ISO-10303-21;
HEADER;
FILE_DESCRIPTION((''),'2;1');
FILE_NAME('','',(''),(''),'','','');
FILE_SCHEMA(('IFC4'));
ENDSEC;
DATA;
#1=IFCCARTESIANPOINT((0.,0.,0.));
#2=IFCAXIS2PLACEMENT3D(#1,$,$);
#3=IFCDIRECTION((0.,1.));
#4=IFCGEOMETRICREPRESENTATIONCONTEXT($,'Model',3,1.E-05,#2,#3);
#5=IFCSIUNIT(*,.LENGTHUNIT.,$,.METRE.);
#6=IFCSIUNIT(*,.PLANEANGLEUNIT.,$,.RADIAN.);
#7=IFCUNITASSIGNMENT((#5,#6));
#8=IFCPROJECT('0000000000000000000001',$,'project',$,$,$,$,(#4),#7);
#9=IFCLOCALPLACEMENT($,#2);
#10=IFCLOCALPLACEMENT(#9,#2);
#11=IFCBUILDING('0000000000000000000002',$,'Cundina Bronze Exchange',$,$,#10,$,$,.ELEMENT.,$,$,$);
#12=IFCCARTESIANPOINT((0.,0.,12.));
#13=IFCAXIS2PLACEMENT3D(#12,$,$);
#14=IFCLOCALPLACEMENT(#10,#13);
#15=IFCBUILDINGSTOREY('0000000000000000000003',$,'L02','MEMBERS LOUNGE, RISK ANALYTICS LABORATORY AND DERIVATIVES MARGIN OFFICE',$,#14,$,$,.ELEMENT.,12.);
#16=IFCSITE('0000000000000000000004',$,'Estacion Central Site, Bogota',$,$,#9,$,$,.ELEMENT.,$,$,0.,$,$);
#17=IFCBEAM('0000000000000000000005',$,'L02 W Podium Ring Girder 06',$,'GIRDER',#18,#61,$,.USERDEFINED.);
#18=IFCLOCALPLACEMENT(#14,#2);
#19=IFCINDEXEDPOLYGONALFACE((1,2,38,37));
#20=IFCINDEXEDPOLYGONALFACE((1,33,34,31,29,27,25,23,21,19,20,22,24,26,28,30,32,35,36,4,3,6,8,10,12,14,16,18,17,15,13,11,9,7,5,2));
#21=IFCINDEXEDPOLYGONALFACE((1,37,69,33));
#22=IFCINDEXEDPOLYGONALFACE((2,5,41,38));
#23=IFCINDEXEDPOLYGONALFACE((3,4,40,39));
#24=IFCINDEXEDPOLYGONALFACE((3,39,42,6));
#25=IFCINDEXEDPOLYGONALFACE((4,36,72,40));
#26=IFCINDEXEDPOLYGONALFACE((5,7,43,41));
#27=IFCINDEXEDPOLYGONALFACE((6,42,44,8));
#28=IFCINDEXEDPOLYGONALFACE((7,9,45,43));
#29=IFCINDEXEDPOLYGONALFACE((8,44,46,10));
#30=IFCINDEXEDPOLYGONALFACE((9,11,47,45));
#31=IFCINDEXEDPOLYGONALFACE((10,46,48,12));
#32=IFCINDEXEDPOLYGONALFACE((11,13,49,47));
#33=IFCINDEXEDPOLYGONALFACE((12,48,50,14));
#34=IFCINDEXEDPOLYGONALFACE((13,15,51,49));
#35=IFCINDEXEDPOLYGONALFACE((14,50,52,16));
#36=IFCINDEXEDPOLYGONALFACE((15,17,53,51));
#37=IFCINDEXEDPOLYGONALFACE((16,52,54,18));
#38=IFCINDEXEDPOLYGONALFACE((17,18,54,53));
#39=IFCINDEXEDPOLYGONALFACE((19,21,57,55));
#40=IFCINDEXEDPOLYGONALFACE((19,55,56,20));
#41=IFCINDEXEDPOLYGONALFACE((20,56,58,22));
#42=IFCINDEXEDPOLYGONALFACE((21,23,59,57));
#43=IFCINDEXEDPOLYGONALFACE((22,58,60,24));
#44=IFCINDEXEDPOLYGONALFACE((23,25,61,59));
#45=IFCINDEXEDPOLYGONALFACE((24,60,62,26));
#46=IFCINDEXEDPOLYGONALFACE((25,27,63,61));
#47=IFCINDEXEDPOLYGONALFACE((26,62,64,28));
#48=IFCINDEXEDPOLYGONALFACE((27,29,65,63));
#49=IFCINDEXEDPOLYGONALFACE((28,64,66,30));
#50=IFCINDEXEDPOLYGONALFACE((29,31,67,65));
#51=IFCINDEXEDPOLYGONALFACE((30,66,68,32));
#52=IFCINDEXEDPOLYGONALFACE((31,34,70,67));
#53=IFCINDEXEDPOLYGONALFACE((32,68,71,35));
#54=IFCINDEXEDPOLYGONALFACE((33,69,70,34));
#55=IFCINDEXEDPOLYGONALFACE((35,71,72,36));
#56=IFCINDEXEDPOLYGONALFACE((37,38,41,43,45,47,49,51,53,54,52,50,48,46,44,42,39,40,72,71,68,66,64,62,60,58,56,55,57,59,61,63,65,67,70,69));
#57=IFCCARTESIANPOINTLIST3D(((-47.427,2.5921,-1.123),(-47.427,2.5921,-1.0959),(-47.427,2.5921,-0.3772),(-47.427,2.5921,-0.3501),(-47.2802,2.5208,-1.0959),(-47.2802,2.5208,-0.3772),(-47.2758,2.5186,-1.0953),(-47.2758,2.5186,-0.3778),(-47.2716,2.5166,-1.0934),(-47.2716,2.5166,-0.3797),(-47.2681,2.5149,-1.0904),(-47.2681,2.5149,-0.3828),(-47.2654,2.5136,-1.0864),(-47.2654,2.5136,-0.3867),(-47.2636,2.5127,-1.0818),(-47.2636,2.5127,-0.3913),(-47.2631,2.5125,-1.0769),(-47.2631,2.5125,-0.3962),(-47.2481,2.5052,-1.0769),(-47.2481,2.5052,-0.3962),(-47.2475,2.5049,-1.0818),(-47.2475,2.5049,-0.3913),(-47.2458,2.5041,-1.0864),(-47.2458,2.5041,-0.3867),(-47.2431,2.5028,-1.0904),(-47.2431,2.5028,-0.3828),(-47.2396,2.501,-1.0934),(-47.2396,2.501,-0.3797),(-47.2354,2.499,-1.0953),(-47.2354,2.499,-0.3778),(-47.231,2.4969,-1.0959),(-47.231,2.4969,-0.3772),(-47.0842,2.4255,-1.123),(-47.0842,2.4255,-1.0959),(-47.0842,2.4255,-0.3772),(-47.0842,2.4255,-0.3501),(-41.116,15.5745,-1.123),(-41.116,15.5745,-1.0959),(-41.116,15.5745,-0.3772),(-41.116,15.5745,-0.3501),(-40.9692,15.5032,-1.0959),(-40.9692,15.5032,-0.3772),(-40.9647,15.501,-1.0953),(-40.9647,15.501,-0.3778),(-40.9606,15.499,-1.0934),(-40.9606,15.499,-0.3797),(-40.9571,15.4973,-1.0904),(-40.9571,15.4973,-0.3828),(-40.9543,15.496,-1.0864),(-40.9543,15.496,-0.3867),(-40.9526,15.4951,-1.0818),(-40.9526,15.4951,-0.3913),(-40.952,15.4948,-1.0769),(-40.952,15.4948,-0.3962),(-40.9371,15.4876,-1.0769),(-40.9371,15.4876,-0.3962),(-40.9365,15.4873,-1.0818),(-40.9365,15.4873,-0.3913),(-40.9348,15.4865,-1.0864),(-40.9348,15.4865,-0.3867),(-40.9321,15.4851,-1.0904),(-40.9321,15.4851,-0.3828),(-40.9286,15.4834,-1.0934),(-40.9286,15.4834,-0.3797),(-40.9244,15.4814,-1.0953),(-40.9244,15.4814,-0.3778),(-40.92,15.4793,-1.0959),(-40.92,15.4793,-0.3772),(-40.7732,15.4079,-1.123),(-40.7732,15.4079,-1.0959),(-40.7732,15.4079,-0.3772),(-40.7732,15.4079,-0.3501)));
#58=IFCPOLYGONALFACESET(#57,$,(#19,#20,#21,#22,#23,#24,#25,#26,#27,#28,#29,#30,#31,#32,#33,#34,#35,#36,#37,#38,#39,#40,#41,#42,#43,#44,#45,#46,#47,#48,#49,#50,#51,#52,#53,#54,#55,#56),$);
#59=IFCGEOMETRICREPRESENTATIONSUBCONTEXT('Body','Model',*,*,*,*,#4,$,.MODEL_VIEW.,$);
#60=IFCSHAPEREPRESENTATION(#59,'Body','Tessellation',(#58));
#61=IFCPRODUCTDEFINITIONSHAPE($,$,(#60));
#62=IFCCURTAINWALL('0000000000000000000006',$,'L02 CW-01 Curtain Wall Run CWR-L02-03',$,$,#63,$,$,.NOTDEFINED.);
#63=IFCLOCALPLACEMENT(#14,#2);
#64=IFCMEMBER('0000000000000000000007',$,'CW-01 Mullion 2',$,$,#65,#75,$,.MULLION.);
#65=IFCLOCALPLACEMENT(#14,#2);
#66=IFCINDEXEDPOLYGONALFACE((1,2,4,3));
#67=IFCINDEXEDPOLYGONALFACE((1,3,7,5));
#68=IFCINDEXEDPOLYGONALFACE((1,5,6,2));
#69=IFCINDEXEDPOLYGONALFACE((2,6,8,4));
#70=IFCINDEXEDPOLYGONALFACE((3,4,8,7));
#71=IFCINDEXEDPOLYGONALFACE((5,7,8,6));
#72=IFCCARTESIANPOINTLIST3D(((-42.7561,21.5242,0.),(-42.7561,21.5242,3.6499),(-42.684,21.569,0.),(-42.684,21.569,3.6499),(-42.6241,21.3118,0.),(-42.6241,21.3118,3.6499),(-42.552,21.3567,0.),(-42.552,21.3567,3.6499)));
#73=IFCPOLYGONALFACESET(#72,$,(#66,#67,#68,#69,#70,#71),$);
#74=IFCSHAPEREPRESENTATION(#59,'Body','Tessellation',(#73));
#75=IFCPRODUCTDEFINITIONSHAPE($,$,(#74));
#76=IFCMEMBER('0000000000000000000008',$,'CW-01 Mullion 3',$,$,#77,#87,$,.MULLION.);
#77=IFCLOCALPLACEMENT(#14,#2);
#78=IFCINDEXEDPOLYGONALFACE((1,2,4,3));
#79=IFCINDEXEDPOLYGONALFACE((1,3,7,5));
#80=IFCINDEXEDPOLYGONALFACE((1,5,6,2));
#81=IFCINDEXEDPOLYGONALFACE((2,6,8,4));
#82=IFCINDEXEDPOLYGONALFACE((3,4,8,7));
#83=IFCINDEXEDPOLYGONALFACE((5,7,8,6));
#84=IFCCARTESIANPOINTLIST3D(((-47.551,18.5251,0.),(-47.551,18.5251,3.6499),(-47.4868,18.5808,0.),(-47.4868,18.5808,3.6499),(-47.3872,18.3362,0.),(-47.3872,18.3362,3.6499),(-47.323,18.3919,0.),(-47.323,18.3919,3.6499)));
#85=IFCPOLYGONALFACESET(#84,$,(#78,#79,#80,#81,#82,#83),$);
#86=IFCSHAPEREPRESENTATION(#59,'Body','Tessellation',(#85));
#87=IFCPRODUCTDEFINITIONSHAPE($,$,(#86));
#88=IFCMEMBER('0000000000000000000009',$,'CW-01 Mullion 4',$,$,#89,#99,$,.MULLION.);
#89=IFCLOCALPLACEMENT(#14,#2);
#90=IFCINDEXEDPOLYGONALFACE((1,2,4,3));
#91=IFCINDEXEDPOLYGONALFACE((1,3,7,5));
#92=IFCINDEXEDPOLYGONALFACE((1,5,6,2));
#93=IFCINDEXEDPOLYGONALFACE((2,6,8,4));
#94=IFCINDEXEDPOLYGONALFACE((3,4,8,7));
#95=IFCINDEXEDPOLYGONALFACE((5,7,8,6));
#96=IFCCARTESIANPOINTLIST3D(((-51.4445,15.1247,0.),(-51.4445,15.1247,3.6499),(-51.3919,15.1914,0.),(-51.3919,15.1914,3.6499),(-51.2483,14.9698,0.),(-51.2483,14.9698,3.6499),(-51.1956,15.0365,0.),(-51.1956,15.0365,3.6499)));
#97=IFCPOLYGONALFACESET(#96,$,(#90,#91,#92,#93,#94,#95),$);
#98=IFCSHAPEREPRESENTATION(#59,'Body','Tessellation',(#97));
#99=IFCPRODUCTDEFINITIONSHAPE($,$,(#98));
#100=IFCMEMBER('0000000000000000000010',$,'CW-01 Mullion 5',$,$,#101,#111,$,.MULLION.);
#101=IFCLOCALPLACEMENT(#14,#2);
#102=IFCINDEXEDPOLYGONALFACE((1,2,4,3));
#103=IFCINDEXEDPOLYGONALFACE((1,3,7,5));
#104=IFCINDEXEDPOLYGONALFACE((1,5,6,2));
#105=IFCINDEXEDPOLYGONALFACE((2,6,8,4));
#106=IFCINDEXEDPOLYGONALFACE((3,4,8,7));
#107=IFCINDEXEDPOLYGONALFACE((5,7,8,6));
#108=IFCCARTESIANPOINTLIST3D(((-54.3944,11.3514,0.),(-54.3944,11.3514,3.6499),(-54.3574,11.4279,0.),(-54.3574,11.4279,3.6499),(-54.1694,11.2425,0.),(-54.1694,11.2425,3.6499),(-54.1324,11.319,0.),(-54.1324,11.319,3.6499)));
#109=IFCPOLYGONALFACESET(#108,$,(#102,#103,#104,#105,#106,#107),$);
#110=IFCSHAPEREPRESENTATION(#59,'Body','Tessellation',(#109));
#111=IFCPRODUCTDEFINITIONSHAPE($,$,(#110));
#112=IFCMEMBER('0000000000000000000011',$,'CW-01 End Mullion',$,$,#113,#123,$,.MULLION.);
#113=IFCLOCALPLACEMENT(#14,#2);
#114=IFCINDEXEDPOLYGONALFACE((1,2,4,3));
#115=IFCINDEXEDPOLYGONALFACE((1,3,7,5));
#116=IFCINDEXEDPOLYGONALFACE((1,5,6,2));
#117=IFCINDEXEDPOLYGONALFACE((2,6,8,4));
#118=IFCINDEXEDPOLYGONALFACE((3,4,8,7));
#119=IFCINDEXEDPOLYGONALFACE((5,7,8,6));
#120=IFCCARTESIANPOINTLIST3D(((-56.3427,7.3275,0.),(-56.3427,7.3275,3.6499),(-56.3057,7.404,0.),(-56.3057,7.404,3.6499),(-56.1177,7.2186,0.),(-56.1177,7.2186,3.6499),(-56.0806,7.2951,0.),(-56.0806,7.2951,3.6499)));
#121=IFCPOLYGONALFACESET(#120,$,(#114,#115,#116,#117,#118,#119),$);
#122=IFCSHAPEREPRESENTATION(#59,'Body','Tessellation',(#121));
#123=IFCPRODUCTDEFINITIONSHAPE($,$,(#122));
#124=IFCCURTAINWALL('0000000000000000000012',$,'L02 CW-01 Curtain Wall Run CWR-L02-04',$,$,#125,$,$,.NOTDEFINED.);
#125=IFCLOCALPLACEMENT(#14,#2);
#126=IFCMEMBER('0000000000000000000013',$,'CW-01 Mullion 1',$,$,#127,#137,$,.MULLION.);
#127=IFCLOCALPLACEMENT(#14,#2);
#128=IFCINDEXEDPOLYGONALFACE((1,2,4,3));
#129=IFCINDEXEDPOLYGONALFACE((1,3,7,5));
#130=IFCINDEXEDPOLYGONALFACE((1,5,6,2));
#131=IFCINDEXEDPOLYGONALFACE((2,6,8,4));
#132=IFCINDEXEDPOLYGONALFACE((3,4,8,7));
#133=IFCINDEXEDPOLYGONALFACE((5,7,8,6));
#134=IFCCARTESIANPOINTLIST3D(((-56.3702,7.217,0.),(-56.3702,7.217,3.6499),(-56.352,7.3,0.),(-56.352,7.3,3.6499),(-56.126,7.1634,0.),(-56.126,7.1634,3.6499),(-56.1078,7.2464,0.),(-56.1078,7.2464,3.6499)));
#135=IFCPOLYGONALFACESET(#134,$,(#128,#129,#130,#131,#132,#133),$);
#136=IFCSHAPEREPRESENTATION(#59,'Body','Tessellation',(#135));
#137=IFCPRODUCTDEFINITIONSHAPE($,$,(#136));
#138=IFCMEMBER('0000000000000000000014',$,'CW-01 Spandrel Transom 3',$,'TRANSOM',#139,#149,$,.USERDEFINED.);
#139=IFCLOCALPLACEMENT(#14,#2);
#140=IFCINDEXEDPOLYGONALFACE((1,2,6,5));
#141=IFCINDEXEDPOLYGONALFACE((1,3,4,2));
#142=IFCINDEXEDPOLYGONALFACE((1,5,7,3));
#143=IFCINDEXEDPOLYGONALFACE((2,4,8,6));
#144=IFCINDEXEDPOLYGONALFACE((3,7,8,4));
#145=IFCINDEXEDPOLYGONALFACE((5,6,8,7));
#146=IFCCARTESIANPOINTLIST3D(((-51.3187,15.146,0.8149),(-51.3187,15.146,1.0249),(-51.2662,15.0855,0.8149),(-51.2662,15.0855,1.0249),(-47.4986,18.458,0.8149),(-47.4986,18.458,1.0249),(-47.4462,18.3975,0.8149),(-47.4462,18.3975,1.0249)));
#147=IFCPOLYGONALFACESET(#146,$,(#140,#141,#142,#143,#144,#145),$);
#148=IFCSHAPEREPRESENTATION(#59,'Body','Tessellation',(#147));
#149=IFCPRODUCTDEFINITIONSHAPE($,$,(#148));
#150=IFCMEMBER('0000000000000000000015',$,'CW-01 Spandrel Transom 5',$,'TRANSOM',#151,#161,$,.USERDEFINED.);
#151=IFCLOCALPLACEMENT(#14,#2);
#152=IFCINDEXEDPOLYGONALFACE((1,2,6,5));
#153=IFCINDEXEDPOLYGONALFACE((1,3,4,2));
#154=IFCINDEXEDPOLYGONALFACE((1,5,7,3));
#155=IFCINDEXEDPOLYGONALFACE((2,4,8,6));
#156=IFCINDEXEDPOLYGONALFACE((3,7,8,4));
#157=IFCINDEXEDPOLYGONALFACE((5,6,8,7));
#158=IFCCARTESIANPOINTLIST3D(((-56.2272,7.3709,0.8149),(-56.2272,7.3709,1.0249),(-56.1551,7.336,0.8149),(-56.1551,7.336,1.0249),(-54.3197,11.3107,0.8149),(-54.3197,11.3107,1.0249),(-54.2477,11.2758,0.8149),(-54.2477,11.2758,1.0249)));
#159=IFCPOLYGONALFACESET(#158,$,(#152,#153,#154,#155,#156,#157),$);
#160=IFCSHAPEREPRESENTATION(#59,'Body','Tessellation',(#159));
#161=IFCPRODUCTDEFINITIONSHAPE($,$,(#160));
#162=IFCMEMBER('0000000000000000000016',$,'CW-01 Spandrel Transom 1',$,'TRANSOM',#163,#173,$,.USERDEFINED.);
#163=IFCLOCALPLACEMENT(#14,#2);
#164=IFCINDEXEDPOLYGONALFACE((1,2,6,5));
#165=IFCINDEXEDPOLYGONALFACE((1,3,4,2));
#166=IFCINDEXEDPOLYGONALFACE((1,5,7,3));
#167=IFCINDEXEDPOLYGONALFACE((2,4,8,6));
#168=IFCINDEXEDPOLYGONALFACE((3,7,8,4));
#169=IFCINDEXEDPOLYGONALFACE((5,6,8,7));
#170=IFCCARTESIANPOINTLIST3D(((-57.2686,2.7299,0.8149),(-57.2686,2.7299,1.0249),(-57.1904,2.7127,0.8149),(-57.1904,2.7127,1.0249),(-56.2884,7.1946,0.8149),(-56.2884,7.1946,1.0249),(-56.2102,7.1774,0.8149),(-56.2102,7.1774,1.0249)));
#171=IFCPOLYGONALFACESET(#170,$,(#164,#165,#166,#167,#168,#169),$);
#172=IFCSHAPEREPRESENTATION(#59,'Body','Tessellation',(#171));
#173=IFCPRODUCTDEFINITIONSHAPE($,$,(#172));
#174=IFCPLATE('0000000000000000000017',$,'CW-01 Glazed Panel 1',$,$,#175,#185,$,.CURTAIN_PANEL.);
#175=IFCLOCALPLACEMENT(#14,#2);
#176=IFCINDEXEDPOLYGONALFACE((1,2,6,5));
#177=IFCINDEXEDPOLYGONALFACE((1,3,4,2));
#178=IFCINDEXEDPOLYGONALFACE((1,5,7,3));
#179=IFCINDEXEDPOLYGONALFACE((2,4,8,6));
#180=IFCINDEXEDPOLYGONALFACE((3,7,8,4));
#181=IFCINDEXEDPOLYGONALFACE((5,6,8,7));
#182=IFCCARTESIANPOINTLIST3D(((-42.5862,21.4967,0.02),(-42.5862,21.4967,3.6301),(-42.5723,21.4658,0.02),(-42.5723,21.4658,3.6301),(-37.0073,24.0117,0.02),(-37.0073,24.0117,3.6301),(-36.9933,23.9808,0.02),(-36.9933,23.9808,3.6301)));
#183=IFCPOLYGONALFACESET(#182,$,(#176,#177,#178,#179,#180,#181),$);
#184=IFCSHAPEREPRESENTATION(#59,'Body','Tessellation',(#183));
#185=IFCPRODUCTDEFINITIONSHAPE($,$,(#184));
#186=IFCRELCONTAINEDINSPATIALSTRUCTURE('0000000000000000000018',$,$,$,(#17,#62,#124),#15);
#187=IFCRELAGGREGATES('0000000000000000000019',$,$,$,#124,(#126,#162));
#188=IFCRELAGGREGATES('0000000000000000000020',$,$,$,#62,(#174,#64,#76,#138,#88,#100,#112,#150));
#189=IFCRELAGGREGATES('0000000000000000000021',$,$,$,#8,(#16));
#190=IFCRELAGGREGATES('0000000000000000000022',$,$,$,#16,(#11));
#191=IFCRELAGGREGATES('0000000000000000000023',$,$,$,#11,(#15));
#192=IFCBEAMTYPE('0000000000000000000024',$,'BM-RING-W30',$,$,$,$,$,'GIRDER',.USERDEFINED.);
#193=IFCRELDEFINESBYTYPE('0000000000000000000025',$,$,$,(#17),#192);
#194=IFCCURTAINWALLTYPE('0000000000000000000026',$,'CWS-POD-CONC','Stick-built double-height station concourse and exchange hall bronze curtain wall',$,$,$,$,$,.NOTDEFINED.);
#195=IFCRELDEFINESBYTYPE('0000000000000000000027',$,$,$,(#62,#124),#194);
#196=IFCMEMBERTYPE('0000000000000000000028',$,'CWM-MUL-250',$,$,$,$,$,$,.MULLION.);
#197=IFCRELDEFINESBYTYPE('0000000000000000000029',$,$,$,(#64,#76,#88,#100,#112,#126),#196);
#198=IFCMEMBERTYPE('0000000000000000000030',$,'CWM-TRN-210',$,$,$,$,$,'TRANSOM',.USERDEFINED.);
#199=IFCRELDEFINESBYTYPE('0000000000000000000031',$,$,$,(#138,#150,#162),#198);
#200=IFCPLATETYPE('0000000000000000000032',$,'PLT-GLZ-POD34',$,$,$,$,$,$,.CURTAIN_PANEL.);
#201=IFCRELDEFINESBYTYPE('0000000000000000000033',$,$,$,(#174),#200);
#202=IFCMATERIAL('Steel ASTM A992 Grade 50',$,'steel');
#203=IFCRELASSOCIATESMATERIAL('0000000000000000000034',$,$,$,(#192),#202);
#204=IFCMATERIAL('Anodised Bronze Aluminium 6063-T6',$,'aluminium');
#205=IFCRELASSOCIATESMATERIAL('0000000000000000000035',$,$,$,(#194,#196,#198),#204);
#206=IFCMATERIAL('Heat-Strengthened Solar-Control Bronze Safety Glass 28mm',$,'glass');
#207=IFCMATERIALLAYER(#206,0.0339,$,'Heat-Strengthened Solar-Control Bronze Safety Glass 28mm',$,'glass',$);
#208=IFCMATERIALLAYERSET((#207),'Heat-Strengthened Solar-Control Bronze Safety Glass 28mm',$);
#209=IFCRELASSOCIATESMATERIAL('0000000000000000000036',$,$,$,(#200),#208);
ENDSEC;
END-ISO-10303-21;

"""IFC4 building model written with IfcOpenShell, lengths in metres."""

from ifc_helpers import new_model, si_unit, direction, frame, origin, origin_2d, place, context, subcontext, project, spatial, rectangle, i_section, extrude, material, layer, layer_set, material_profile, profile_set, type_object, element, aggregate, save


model = new_model("IFC4")

# Units and contexts
model_context = context("Model", 3, precision=1e-05, world=origin(), true_north=direction((0.0, 1.0)))
body_context = subcontext(model_context, "Body", "Model", "MODEL_VIEW")
ifc_project = project(units=[si_unit("LENGTHUNIT", "METRE"), si_unit("PLANEANGLEUNIT", "RADIAN")], contexts=[model_context])

# Site, building, storey
site_placement = place(None, origin())
site = spatial("IfcSite", under=ifc_project, at=site_placement, Name="Estacion Central Site, Bogota", CompositionType="ELEMENT", RefElevation=0.0)
building_placement = place(site_placement, origin())
building = spatial("IfcBuilding", under=site, at=building_placement, Name="Cundina Bronze Exchange", CompositionType="ELEMENT")
storey_placement = place(building_placement, frame((0.0, 0.0, 12.0)))
storey = spatial("IfcBuildingStorey", under=building, at=storey_placement, Name="L02", Description="MEMBERS LOUNGE, RISK ANALYTICS LABORATORY AND DERIVATIVES MARGIN OFFICE", CompositionType="ELEMENT", Elevation=12.0)

# Beam
ifc_material_1 = material(Name="Steel ASTM A992 Grade 50", Category="steel")
ifc_material_profile_1 = material_profile(ifc_material_1, i_section(OverallWidth=0.3811, OverallDepth=0.7729, WebThickness=0.0166, FlangeThickness=0.0271, FilletRadius=0.019, at=origin_2d()), Name="W30X173", Category="steel")
ifc_profile_set_1 = profile_set([ifc_material_profile_1], Name="Steel ASTM A992 Grade 50")
beam_type_1 = type_object("IfcBeamType", Name="BM-RING-W30", ElementType="GIRDER", PredefinedType="USERDEFINED", material=ifc_profile_set_1)
beam_1_placement = place(storey_placement, frame((-40.9446, 15.4912, -0.7366), z_axis=(-0.4372, -0.899364, 0.0), x_axis=(0.899364, -0.4372, 0.0)))
element("IfcBeam", 1, at=beam_1_placement, inside=storey, type_object=beam_type_1, Name="L02 W Podium Ring Girder 06", ObjectType="GIRDER", PredefinedType="USERDEFINED", context=body_context, shape_type="SweptSolid", body=[
    extrude(i_section(OverallWidth=0.3811, OverallDepth=0.7729, WebThickness=0.0166, FlangeThickness=0.0271, FilletRadius=0.019, at=origin_2d()), origin(), (0.0, 0.0, 1.0), 14.4351),
])

# Curtain wall, members
ifc_material_2 = material(Name="Anodised Bronze Aluminium 6063-T6", Category="aluminium")
curtain_wall_type = type_object("IfcCurtainWallType", Name="CWS-POD-CONC", Description="Stick-built double-height station concourse and exchange hall bronze curtain wall", PredefinedType="NOTDEFINED", material=ifc_material_2)
curtain_wall_1_placement = place(storey_placement, origin())
curtain_wall_1 = element("IfcCurtainWall", 2, at=curtain_wall_1_placement, inside=storey, type_object=curtain_wall_type, Name="L02 CW-01 Curtain Wall Run CWR-L02-03", PredefinedType="NOTDEFINED")
ifc_material_profile_2 = material_profile(ifc_material_2, rectangle(XDim=0.085, YDim=0.25, at=origin_2d()), Name="AL85X250", Category="aluminium")
ifc_profile_set_2 = profile_set([ifc_material_profile_2], Name="Anodised Bronze Aluminium 6063-T6")
member_type_1 = type_object("IfcMemberType", Name="CWM-MUL-250", PredefinedType="MULLION", material=ifc_profile_set_2)
member_1_placement = place(storey_placement, frame((-42.6541, 21.4404, 0.0), z_axis=(0.0, 0.0, 1.0), x_axis=(-0.849248, -0.527994, 0.0)))
member_1 = element("IfcMember", 3, at=member_1_placement, type_object=member_type_1, Name="CW-01 Mullion 2", PredefinedType="MULLION", context=body_context, shape_type="SweptSolid", body=[
    extrude(rectangle(XDim=0.085, YDim=0.25, at=origin_2d()), origin(), (0.0, 0.0, 1.0), 3.6499),
])
member_2_placement = place(storey_placement, frame((-47.437, 18.4585, 0.0), z_axis=(0.0, 0.0, 1.0), x_axis=(-0.755511, -0.655136, 0.0)))
member_2 = element("IfcMember", 4, at=member_2_placement, type_object=member_type_1, Name="CW-01 Mullion 3", PredefinedType="MULLION", context=body_context, shape_type="SweptSolid", body=[
    extrude(rectangle(XDim=0.085, YDim=0.25, at=origin_2d()), origin(), (0.0, 0.0, 1.0), 3.6499),
])
member_3_placement = place(storey_placement, frame((-51.3201, 15.0806, 0.0), z_axis=(0.0, 0.0, 1.0), x_axis=(-0.619505, -0.784993, 0.0)))
member_3 = element("IfcMember", 5, at=member_3_placement, type_object=member_type_1, Name="CW-01 Mullion 4", PredefinedType="MULLION", context=body_context, shape_type="SweptSolid", body=[
    extrude(rectangle(XDim=0.085, YDim=0.25, at=origin_2d()), origin(), (0.0, 0.0, 1.0), 3.6499),
])
member_4_placement = place(storey_placement, frame((-54.2634, 11.3352, 0.0), z_axis=(0.0, 0.0, 1.0), x_axis=(-0.435702, -0.900091, 0.0)))
member_4 = element("IfcMember", 6, at=member_4_placement, type_object=member_type_1, Name="CW-01 Mullion 5", PredefinedType="MULLION", context=body_context, shape_type="SweptSolid", body=[
    extrude(rectangle(XDim=0.085, YDim=0.25, at=origin_2d()), origin(), (0.0, 0.0, 1.0), 3.6499),
])
member_5_placement = place(storey_placement, frame((-56.2117, 7.3113, 0.0), z_axis=(0.0, 0.0, 1.0), x_axis=(-0.435702, -0.900091, 0.0)))
member_5 = element("IfcMember", 7, at=member_5_placement, type_object=member_type_1, Name="CW-01 End Mullion", PredefinedType="MULLION", context=body_context, shape_type="SweptSolid", body=[
    extrude(rectangle(XDim=0.085, YDim=0.25, at=origin_2d()), origin(), (0.0, 0.0, 1.0), 3.6499),
])

# Curtain wall, member
curtain_wall_2_placement = place(storey_placement, origin())
curtain_wall_2 = element("IfcCurtainWall", 8, at=curtain_wall_2_placement, inside=storey, type_object=curtain_wall_type, Name="L02 CW-01 Curtain Wall Run CWR-L02-04", PredefinedType="NOTDEFINED")
member_6_placement = place(storey_placement, frame((-56.239, 7.2317, 0.0), z_axis=(0.0, 0.0, 1.0), x_axis=(-0.214565, -0.97671, 0.0)))
member_6 = element("IfcMember", 9, at=member_6_placement, type_object=member_type_1, Name="CW-01 Mullion 1", PredefinedType="MULLION", context=body_context, shape_type="SweptSolid", body=[
    extrude(rectangle(XDim=0.085, YDim=0.25, at=origin_2d()), origin(), (0.0, 0.0, 1.0), 3.6499),
])

# Members
ifc_material_profile_3 = material_profile(ifc_material_2, rectangle(XDim=0.0801, YDim=0.21, at=origin_2d()), Name="AL80X210", Category="aluminium")
ifc_profile_set_3 = profile_set([ifc_material_profile_3], Name="Anodised Bronze Aluminium 6063-T6")
member_type_2 = type_object("IfcMemberType", Name="CWM-TRN-210", ElementType="TRANSOM", PredefinedType="USERDEFINED", material=ifc_profile_set_3)
member_7_placement = place(storey_placement, frame((-47.4724, 18.4277, 0.9199), z_axis=(-0.755563, -0.655076, 0.0), x_axis=(0.655076, -0.755563, 0.0)))
member_7 = element("IfcMember", 10, at=member_7_placement, type_object=member_type_2, Name="CW-01 Spandrel Transom 3", ObjectType="TRANSOM", PredefinedType="USERDEFINED", context=body_context, shape_type="SweptSolid", body=[
    extrude(rectangle(XDim=0.0801, YDim=0.21, at=origin_2d()), origin(), (0.0, 0.0, 1.0), 5.0559),
])
member_8_placement = place(storey_placement, frame((-54.2837, 11.2932, 0.9199), z_axis=(-0.435777, -0.900055, 0.0), x_axis=(0.900055, -0.435777, 0.0)))
member_8 = element("IfcMember", 11, at=member_8_placement, type_object=member_type_2, Name="CW-01 Spandrel Transom 5", ObjectType="TRANSOM", PredefinedType="USERDEFINED", context=body_context, shape_type="SweptSolid", body=[
    extrude(rectangle(XDim=0.0801, YDim=0.21, at=origin_2d()), origin(), (0.0, 0.0, 1.0), 4.3772),
])
member_9_placement = place(storey_placement, frame((-56.2493, 7.186, 0.9199), z_axis=(-0.214447, -0.976736, 0.0), x_axis=(0.976736, -0.214447, 0.0)))
member_9 = element("IfcMember", 12, at=member_9_placement, type_object=member_type_2, Name="CW-01 Spandrel Transom 1", ObjectType="TRANSOM", PredefinedType="USERDEFINED", context=body_context, shape_type="SweptSolid", body=[
    extrude(rectangle(XDim=0.0801, YDim=0.21, at=origin_2d()), origin(), (0.0, 0.0, 1.0), 4.571),
])

# Plate
ifc_material_3 = material(Name="Heat-Strengthened Solar-Control Bronze Safety Glass 28mm", Category="glass")
ifc_layer_1 = layer(ifc_material_3, 0.0339, Name="Heat-Strengthened Solar-Control Bronze Safety Glass 28mm", Category="glass")
ifc_layer_set_1 = layer_set([ifc_layer_1], Name="Heat-Strengthened Solar-Control Bronze Safety Glass 28mm")
plate_type_1 = type_object("IfcPlateType", Name="PLT-GLZ-POD34", PredefinedType="CURTAIN_PANEL", material=ifc_layer_set_1)
plate_1_placement = place(storey_placement, frame((-39.7898, 22.7388, 0.02), z_axis=(0.0, 0.0, 1.0), x_axis=(-0.911647, -0.410973, 0.0)))
plate_1 = element("IfcPlate", 13, at=plate_1_placement, type_object=plate_type_1, Name="CW-01 Glazed Panel 1", PredefinedType="CURTAIN_PANEL", context=body_context, shape_type="SweptSolid", body=[
    extrude(rectangle(XDim=6.1196, YDim=0.0339, at=origin_2d()), origin(), (0.0, 0.0, 1.0), 3.6101),
])
aggregate(curtain_wall_2, [member_6, member_9])
aggregate(curtain_wall_1, [plate_1, member_1, member_2, member_7, member_3, member_4, member_5, member_8])

save(model, "model.ifc")
